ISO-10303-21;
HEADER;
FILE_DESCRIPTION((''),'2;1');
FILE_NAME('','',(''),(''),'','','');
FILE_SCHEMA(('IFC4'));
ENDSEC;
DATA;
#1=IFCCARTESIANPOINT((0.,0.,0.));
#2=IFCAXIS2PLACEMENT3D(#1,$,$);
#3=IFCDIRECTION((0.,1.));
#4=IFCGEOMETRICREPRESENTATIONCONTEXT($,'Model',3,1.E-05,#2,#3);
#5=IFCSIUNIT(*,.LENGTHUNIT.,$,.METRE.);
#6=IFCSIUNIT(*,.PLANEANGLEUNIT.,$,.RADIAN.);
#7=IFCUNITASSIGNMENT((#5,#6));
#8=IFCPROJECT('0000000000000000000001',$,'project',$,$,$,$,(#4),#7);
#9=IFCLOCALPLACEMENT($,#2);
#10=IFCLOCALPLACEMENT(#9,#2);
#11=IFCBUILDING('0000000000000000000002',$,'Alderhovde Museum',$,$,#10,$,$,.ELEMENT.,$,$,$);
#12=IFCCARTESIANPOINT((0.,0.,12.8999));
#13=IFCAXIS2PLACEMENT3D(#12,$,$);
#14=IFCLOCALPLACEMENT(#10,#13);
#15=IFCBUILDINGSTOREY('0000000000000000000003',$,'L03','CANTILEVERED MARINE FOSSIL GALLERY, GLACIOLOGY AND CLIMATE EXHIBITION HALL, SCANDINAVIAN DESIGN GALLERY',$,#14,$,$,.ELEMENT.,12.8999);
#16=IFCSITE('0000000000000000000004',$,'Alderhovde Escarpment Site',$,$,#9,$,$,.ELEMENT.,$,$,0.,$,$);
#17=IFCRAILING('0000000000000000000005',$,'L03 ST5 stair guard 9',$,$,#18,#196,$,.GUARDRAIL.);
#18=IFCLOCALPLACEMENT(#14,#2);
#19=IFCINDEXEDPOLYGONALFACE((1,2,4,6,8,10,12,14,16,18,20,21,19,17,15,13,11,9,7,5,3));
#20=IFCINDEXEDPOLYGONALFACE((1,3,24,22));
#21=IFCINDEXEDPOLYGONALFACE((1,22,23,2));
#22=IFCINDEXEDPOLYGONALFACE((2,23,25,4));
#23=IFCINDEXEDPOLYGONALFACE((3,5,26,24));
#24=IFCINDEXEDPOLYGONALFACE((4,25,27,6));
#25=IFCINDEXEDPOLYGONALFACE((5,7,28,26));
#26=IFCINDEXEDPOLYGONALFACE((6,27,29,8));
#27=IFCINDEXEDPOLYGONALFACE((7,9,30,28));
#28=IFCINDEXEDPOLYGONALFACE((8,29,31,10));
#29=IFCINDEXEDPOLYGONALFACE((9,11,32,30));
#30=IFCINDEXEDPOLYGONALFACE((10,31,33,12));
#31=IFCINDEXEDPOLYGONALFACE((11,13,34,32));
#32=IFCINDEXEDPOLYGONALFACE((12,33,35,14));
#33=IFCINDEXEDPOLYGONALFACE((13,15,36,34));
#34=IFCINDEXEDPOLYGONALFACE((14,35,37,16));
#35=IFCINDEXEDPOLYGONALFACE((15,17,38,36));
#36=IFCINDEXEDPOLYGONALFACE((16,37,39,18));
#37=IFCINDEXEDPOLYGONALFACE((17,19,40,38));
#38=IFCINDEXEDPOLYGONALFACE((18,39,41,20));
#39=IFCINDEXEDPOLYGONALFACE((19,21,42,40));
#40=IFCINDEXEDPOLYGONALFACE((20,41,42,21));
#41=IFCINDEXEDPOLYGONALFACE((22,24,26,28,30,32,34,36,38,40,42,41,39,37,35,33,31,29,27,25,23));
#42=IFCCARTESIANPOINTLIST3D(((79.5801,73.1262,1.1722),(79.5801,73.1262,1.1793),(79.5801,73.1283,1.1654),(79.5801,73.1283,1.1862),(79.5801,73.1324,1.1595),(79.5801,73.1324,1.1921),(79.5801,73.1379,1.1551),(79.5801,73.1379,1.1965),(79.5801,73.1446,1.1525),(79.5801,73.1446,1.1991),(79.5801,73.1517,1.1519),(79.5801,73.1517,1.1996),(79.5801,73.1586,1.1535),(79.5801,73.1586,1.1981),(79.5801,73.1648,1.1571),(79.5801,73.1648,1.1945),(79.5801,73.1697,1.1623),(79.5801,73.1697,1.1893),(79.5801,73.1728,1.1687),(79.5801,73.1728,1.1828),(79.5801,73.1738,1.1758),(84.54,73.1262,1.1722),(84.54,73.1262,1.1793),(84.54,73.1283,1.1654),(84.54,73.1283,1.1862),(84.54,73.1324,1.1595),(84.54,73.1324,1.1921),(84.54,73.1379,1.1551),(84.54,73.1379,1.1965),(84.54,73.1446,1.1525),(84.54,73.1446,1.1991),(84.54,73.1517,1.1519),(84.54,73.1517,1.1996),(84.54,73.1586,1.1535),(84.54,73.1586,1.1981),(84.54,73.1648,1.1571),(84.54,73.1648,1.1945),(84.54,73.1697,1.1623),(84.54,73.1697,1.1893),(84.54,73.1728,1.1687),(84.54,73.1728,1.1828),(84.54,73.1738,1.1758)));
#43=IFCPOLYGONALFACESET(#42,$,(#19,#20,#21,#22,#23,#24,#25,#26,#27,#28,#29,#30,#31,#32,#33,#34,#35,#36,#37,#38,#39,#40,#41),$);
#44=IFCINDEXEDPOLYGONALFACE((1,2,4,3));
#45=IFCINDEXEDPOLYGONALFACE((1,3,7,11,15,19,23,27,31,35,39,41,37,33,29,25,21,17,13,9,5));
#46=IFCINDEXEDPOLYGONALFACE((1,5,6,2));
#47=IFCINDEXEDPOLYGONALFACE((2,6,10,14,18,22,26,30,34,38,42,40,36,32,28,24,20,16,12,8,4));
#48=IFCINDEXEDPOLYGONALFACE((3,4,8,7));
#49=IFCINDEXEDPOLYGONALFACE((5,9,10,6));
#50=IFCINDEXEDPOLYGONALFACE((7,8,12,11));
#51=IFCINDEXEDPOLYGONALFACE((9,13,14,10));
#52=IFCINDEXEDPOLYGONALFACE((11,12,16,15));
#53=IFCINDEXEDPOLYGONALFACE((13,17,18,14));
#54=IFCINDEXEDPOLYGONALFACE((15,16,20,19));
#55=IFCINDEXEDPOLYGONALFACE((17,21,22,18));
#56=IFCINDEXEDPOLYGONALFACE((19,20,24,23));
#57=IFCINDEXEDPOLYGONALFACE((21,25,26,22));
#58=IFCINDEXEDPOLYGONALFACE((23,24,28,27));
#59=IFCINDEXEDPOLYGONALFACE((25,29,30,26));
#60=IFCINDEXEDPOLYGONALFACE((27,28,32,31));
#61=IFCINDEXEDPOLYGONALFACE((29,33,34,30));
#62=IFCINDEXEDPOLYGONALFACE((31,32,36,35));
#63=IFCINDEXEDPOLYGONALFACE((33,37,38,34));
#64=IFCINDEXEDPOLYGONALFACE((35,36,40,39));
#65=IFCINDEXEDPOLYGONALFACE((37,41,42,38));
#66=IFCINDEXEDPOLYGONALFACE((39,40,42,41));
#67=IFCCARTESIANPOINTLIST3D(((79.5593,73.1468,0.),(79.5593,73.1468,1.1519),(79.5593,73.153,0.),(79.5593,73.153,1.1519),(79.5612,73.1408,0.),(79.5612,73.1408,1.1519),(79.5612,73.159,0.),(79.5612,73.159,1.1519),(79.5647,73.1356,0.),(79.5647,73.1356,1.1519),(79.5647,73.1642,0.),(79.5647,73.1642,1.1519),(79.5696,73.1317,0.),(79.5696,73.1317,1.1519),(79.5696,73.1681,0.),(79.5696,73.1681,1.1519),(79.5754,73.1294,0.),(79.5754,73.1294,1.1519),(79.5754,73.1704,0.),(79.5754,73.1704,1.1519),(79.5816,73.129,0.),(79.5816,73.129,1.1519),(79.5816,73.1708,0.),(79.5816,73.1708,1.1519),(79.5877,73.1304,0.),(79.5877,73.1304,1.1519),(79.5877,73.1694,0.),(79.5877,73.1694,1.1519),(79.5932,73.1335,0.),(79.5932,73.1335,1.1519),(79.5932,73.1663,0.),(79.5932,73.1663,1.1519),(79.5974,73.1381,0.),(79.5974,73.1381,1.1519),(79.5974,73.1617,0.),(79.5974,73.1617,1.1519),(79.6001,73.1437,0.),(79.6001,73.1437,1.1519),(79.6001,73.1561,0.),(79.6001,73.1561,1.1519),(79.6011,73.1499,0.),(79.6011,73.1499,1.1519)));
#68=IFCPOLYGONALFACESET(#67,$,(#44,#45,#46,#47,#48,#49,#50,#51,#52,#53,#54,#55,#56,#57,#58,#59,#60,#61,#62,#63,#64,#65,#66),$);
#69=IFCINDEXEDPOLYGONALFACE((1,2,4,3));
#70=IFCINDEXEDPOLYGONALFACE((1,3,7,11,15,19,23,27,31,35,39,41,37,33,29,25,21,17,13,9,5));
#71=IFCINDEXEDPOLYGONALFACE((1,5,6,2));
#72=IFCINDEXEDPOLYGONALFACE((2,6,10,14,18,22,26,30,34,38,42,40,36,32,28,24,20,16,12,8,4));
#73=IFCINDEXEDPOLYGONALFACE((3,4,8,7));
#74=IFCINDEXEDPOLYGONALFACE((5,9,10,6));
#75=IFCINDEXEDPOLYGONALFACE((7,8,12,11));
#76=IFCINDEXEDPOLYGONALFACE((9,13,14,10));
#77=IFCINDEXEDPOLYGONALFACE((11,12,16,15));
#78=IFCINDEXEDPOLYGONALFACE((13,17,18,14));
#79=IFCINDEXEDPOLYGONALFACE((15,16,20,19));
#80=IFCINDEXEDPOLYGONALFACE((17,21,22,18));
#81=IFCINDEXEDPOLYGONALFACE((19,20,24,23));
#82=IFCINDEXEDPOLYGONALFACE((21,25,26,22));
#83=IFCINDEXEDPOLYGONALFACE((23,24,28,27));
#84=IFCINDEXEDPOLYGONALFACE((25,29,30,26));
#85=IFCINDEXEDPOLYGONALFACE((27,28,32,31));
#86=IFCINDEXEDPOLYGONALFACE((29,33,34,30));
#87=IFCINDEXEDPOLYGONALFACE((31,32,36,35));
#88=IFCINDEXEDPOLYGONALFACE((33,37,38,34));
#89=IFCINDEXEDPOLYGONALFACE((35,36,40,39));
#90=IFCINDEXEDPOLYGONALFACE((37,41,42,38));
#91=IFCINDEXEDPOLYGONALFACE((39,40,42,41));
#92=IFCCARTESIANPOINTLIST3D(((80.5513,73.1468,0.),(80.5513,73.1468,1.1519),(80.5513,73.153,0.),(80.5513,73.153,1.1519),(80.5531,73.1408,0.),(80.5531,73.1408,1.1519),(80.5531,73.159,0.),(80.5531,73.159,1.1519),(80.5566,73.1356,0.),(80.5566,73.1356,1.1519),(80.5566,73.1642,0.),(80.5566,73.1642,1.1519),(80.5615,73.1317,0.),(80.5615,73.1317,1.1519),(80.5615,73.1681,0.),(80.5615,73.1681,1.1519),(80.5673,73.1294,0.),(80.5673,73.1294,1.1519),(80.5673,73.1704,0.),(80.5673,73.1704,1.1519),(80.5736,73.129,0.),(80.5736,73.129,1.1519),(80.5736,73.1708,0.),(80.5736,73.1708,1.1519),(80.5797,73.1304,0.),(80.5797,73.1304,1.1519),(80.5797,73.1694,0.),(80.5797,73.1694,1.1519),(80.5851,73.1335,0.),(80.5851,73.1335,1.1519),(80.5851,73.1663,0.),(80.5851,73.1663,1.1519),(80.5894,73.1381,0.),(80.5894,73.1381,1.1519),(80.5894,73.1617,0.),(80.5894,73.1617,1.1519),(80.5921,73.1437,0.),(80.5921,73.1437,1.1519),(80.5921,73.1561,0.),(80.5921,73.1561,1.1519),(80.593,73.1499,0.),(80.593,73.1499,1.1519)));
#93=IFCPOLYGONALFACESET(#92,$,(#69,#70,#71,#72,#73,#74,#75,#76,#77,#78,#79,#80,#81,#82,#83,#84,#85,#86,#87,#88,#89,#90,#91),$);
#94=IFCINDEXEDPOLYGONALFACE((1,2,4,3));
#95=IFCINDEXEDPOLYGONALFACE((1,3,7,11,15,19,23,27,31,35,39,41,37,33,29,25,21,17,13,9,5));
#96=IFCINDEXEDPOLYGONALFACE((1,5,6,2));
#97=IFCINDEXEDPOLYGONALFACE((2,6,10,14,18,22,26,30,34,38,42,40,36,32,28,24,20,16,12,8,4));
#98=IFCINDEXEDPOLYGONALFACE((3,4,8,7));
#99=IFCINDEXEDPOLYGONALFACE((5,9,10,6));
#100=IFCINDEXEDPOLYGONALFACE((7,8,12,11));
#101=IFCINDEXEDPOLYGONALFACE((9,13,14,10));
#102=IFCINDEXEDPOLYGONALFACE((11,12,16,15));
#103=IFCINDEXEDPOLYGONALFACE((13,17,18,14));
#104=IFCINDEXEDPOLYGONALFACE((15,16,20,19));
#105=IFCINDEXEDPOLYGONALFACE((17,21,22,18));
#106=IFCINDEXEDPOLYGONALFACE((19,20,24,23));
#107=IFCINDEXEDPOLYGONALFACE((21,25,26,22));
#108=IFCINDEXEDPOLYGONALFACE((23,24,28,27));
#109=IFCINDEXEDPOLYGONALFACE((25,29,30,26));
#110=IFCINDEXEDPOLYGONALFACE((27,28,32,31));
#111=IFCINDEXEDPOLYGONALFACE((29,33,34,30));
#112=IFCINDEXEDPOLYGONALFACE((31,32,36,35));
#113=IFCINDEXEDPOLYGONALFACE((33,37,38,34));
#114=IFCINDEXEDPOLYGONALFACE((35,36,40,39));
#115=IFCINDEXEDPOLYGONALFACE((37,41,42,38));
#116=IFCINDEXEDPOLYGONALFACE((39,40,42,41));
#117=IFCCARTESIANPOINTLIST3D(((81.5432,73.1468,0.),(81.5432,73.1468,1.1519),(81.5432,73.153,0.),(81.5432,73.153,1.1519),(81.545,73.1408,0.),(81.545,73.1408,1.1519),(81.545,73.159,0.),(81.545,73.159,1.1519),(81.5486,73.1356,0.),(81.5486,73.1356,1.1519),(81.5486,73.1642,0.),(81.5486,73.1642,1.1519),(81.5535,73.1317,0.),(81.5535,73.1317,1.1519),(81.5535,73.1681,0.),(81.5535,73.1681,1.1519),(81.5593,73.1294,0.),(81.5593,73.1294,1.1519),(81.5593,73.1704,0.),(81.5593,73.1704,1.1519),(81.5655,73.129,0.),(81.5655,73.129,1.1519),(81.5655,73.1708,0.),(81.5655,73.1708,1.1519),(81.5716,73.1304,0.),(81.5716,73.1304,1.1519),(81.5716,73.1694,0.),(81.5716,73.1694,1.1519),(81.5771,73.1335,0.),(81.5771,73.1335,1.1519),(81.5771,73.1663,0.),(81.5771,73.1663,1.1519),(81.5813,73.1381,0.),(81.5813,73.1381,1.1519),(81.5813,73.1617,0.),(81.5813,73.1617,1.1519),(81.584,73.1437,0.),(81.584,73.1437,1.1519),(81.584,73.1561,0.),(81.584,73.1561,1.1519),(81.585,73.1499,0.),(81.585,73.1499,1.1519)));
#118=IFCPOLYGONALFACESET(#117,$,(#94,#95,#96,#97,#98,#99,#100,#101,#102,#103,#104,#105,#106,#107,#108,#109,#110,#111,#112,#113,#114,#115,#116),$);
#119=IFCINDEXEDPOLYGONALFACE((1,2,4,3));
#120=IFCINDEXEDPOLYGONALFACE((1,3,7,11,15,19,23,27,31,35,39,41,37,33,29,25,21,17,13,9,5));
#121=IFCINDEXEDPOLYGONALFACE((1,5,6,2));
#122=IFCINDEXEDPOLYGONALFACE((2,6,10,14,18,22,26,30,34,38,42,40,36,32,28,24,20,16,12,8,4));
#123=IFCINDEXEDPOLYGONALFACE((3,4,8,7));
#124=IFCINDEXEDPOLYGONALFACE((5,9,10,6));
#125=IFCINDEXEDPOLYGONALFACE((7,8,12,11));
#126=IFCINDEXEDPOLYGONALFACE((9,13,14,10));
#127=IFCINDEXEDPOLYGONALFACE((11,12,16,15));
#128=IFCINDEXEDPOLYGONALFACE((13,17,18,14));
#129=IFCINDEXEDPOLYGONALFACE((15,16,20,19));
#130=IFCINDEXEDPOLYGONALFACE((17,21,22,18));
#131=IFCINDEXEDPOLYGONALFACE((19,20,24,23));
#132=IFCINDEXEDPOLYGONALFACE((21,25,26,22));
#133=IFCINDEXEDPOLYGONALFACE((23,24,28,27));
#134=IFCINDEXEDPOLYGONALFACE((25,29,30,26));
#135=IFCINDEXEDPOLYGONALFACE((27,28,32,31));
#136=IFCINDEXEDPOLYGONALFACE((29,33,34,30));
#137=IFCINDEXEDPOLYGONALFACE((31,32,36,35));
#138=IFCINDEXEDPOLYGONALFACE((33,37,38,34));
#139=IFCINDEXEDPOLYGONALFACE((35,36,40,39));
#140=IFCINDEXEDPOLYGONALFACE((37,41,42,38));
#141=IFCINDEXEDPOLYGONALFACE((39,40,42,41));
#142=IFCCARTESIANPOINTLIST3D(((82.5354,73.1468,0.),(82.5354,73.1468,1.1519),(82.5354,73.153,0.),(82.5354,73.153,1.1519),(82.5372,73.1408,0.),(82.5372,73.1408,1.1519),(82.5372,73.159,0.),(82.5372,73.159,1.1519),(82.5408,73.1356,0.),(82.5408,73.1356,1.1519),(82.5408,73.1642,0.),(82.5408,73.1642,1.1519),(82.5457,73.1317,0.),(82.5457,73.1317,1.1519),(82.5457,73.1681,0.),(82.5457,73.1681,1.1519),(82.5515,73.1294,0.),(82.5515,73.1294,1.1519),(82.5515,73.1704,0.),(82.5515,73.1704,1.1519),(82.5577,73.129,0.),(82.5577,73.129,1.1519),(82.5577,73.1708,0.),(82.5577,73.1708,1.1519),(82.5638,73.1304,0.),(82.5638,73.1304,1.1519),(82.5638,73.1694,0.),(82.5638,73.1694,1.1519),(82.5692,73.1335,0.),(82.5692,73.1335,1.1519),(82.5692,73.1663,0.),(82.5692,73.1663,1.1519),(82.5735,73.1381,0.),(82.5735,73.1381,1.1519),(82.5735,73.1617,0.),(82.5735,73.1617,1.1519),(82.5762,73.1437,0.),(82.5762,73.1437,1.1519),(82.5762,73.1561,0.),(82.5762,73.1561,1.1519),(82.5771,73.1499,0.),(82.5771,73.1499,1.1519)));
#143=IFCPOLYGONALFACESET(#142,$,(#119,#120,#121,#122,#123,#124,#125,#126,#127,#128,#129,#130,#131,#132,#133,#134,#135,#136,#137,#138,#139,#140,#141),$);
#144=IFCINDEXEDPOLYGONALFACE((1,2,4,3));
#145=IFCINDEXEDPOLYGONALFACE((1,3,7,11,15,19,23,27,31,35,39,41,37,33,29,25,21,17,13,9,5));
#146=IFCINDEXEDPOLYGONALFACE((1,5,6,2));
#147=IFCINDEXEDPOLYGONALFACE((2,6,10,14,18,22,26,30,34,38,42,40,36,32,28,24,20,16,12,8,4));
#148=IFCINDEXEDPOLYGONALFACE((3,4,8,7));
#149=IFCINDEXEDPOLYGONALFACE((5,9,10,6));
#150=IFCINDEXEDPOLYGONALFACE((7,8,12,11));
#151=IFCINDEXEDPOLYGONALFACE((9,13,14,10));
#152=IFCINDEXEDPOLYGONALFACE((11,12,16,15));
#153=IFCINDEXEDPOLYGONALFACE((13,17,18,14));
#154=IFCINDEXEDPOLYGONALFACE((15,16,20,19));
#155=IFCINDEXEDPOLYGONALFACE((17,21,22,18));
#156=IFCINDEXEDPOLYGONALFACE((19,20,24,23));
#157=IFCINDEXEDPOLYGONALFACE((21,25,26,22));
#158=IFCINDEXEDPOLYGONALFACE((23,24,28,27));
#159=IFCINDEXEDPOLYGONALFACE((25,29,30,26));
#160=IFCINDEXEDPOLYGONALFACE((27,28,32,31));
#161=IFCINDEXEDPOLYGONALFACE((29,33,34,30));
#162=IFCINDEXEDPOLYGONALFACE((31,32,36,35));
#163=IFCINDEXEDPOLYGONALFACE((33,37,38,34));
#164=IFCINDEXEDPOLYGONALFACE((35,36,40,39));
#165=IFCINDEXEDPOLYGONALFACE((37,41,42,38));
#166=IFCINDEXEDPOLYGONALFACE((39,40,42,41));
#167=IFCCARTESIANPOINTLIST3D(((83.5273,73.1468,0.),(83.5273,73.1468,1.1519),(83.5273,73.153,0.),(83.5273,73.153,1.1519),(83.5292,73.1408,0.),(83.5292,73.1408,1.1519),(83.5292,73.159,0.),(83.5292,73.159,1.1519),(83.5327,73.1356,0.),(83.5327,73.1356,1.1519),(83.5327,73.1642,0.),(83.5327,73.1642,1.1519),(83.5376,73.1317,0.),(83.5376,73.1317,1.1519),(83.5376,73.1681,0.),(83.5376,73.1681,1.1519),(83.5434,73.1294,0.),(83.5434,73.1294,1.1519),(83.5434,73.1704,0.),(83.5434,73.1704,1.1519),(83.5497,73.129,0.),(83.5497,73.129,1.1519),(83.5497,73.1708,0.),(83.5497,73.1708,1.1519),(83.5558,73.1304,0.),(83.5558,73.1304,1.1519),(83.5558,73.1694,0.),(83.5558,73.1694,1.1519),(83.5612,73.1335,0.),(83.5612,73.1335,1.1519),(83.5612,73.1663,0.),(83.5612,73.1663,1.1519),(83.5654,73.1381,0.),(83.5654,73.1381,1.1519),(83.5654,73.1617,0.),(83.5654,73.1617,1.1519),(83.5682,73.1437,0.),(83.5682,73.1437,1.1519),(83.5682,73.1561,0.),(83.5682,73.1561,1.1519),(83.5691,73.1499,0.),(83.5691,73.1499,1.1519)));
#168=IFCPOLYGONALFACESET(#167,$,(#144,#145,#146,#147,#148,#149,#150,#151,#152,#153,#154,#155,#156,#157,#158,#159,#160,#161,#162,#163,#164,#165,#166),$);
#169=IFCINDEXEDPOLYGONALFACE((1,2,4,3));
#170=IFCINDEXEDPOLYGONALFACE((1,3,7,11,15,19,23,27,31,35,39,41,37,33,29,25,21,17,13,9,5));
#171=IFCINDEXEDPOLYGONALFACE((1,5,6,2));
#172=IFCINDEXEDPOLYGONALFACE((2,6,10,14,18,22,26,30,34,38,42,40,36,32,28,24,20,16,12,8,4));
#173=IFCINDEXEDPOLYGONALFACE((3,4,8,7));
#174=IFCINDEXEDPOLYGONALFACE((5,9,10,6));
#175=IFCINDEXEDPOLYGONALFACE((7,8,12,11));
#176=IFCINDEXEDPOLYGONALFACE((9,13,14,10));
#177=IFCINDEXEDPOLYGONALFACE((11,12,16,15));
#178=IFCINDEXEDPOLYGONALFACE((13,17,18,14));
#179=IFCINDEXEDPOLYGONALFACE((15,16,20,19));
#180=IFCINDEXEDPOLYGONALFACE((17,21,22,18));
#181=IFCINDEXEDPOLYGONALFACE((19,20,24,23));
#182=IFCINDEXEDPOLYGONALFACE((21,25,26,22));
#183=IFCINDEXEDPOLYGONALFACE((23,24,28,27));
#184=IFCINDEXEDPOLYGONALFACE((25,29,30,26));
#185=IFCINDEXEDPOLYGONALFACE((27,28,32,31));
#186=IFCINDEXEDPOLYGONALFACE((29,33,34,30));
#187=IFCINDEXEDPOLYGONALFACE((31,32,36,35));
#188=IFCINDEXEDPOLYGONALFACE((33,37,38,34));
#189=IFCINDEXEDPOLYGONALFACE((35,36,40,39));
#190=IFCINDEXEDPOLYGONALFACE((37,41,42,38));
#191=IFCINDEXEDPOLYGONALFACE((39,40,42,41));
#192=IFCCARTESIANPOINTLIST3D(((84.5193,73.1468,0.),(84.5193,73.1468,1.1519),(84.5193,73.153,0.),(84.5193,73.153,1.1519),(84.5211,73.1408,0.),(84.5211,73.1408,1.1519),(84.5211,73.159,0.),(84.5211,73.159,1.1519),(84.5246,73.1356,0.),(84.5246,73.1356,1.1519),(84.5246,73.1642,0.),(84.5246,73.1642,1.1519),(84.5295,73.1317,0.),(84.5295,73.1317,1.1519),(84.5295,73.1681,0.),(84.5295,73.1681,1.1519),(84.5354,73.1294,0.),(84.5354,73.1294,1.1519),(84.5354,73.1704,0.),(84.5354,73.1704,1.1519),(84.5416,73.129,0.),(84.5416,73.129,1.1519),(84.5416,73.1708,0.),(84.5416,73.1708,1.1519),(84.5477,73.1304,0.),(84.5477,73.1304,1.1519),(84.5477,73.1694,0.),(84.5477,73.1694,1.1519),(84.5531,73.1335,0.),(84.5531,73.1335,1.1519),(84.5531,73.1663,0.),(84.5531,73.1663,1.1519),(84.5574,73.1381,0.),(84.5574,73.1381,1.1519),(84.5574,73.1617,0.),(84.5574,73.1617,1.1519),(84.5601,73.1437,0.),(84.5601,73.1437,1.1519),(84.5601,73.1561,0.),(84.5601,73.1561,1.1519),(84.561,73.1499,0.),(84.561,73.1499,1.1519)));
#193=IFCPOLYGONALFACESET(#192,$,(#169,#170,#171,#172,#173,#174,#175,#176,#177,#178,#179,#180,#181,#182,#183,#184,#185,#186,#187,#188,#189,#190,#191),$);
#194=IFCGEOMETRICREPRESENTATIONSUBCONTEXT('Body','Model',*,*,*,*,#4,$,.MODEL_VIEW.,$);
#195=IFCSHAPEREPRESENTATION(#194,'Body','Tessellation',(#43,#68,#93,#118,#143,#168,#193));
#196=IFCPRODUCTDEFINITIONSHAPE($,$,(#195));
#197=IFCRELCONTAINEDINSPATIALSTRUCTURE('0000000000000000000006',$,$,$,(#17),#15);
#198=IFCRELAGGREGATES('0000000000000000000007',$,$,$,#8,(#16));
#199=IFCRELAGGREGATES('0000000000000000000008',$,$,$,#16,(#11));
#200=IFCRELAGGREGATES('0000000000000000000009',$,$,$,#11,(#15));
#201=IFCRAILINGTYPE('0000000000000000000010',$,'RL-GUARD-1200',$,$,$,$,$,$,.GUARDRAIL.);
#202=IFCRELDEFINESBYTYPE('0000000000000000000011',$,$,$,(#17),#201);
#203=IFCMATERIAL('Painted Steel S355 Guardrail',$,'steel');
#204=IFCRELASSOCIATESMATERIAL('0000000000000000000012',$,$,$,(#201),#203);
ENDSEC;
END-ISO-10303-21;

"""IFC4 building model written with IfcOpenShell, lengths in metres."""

from ifc_helpers import new_model, si_unit, direction, frame, origin, origin_2d, place, context, subcontext, project, spatial, circle, extrude, material, type_object, element, save


model = new_model("IFC4")

# Units and contexts
model_context = context("Model", 3, precision=1e-05, world=origin(), true_north=direction((0.0, 1.0)))
body_context = subcontext(model_context, "Body", "Model", "MODEL_VIEW")
ifc_project = project(units=[si_unit("LENGTHUNIT", "METRE"), si_unit("PLANEANGLEUNIT", "RADIAN")], contexts=[model_context])

# Site, building, storey
site_placement = place(None, origin())
site = spatial("IfcSite", under=ifc_project, at=site_placement, Name="Alderhovde Escarpment Site", CompositionType="ELEMENT", RefElevation=0.0)
building_placement = place(site_placement, origin())
building = spatial("IfcBuilding", under=site, at=building_placement, Name="Alderhovde Museum", CompositionType="ELEMENT")
storey_placement = place(building_placement, frame((0.0, 0.0, 12.8999)))
storey = spatial("IfcBuildingStorey", under=building, at=storey_placement, Name="L03", Description="CANTILEVERED MARINE FOSSIL GALLERY, GLACIOLOGY AND CLIMATE EXHIBITION HALL, SCANDINAVIAN DESIGN GALLERY", CompositionType="ELEMENT", Elevation=12.8999)

# Railing
ifc_material_1 = material(Name="Painted Steel S355 Guardrail", Category="steel")
railing_type_1 = type_object("IfcRailingType", Name="RL-GUARD-1200", PredefinedType="GUARDRAIL", material=ifc_material_1)
for number, where, name in (
    (1, (79.5801, 73.1499, 0.0), "L03 ST5 stair guard 9"),
):
    element("IfcRailing", number, at=place(storey_placement, frame(where)), inside=storey, type_object=railing_type_1, Name=name, PredefinedType="GUARDRAIL", context=body_context, shape_type="SweptSolid", body=[
        extrude(circle(Radius=0.0239, at=origin_2d()), frame((0.0, 0.0, 1.1758), z_axis=(1.0, 0.0, 0.0), x_axis=(0.0, 1.0, 0.0)), (0.0, 0.0, 1.0), 4.96),
        extrude(circle(Radius=0.021, at=origin_2d()), origin(), (0.0, 0.0, 1.0), 1.1519),
        extrude(circle(Radius=0.021, at=origin_2d()), frame((0.9919, 0.0, 0.0)), (0.0, 0.0, 1.0), 1.1519),
        extrude(circle(Radius=0.021, at=origin_2d()), frame((1.9839, 0.0, 0.0)), (0.0, 0.0, 1.0), 1.1519),
        extrude(circle(Radius=0.021, at=origin_2d()), frame((2.9761, 0.0, 0.0)), (0.0, 0.0, 1.0), 1.1519),
        extrude(circle(Radius=0.021, at=origin_2d()), frame((3.968, 0.0, 0.0)), (0.0, 0.0, 1.0), 1.1519),
        extrude(circle(Radius=0.021, at=origin_2d()), frame((4.96, 0.0, 0.0)), (0.0, 0.0, 1.0), 1.1519),
    ])

save(model, "model.ifc")
